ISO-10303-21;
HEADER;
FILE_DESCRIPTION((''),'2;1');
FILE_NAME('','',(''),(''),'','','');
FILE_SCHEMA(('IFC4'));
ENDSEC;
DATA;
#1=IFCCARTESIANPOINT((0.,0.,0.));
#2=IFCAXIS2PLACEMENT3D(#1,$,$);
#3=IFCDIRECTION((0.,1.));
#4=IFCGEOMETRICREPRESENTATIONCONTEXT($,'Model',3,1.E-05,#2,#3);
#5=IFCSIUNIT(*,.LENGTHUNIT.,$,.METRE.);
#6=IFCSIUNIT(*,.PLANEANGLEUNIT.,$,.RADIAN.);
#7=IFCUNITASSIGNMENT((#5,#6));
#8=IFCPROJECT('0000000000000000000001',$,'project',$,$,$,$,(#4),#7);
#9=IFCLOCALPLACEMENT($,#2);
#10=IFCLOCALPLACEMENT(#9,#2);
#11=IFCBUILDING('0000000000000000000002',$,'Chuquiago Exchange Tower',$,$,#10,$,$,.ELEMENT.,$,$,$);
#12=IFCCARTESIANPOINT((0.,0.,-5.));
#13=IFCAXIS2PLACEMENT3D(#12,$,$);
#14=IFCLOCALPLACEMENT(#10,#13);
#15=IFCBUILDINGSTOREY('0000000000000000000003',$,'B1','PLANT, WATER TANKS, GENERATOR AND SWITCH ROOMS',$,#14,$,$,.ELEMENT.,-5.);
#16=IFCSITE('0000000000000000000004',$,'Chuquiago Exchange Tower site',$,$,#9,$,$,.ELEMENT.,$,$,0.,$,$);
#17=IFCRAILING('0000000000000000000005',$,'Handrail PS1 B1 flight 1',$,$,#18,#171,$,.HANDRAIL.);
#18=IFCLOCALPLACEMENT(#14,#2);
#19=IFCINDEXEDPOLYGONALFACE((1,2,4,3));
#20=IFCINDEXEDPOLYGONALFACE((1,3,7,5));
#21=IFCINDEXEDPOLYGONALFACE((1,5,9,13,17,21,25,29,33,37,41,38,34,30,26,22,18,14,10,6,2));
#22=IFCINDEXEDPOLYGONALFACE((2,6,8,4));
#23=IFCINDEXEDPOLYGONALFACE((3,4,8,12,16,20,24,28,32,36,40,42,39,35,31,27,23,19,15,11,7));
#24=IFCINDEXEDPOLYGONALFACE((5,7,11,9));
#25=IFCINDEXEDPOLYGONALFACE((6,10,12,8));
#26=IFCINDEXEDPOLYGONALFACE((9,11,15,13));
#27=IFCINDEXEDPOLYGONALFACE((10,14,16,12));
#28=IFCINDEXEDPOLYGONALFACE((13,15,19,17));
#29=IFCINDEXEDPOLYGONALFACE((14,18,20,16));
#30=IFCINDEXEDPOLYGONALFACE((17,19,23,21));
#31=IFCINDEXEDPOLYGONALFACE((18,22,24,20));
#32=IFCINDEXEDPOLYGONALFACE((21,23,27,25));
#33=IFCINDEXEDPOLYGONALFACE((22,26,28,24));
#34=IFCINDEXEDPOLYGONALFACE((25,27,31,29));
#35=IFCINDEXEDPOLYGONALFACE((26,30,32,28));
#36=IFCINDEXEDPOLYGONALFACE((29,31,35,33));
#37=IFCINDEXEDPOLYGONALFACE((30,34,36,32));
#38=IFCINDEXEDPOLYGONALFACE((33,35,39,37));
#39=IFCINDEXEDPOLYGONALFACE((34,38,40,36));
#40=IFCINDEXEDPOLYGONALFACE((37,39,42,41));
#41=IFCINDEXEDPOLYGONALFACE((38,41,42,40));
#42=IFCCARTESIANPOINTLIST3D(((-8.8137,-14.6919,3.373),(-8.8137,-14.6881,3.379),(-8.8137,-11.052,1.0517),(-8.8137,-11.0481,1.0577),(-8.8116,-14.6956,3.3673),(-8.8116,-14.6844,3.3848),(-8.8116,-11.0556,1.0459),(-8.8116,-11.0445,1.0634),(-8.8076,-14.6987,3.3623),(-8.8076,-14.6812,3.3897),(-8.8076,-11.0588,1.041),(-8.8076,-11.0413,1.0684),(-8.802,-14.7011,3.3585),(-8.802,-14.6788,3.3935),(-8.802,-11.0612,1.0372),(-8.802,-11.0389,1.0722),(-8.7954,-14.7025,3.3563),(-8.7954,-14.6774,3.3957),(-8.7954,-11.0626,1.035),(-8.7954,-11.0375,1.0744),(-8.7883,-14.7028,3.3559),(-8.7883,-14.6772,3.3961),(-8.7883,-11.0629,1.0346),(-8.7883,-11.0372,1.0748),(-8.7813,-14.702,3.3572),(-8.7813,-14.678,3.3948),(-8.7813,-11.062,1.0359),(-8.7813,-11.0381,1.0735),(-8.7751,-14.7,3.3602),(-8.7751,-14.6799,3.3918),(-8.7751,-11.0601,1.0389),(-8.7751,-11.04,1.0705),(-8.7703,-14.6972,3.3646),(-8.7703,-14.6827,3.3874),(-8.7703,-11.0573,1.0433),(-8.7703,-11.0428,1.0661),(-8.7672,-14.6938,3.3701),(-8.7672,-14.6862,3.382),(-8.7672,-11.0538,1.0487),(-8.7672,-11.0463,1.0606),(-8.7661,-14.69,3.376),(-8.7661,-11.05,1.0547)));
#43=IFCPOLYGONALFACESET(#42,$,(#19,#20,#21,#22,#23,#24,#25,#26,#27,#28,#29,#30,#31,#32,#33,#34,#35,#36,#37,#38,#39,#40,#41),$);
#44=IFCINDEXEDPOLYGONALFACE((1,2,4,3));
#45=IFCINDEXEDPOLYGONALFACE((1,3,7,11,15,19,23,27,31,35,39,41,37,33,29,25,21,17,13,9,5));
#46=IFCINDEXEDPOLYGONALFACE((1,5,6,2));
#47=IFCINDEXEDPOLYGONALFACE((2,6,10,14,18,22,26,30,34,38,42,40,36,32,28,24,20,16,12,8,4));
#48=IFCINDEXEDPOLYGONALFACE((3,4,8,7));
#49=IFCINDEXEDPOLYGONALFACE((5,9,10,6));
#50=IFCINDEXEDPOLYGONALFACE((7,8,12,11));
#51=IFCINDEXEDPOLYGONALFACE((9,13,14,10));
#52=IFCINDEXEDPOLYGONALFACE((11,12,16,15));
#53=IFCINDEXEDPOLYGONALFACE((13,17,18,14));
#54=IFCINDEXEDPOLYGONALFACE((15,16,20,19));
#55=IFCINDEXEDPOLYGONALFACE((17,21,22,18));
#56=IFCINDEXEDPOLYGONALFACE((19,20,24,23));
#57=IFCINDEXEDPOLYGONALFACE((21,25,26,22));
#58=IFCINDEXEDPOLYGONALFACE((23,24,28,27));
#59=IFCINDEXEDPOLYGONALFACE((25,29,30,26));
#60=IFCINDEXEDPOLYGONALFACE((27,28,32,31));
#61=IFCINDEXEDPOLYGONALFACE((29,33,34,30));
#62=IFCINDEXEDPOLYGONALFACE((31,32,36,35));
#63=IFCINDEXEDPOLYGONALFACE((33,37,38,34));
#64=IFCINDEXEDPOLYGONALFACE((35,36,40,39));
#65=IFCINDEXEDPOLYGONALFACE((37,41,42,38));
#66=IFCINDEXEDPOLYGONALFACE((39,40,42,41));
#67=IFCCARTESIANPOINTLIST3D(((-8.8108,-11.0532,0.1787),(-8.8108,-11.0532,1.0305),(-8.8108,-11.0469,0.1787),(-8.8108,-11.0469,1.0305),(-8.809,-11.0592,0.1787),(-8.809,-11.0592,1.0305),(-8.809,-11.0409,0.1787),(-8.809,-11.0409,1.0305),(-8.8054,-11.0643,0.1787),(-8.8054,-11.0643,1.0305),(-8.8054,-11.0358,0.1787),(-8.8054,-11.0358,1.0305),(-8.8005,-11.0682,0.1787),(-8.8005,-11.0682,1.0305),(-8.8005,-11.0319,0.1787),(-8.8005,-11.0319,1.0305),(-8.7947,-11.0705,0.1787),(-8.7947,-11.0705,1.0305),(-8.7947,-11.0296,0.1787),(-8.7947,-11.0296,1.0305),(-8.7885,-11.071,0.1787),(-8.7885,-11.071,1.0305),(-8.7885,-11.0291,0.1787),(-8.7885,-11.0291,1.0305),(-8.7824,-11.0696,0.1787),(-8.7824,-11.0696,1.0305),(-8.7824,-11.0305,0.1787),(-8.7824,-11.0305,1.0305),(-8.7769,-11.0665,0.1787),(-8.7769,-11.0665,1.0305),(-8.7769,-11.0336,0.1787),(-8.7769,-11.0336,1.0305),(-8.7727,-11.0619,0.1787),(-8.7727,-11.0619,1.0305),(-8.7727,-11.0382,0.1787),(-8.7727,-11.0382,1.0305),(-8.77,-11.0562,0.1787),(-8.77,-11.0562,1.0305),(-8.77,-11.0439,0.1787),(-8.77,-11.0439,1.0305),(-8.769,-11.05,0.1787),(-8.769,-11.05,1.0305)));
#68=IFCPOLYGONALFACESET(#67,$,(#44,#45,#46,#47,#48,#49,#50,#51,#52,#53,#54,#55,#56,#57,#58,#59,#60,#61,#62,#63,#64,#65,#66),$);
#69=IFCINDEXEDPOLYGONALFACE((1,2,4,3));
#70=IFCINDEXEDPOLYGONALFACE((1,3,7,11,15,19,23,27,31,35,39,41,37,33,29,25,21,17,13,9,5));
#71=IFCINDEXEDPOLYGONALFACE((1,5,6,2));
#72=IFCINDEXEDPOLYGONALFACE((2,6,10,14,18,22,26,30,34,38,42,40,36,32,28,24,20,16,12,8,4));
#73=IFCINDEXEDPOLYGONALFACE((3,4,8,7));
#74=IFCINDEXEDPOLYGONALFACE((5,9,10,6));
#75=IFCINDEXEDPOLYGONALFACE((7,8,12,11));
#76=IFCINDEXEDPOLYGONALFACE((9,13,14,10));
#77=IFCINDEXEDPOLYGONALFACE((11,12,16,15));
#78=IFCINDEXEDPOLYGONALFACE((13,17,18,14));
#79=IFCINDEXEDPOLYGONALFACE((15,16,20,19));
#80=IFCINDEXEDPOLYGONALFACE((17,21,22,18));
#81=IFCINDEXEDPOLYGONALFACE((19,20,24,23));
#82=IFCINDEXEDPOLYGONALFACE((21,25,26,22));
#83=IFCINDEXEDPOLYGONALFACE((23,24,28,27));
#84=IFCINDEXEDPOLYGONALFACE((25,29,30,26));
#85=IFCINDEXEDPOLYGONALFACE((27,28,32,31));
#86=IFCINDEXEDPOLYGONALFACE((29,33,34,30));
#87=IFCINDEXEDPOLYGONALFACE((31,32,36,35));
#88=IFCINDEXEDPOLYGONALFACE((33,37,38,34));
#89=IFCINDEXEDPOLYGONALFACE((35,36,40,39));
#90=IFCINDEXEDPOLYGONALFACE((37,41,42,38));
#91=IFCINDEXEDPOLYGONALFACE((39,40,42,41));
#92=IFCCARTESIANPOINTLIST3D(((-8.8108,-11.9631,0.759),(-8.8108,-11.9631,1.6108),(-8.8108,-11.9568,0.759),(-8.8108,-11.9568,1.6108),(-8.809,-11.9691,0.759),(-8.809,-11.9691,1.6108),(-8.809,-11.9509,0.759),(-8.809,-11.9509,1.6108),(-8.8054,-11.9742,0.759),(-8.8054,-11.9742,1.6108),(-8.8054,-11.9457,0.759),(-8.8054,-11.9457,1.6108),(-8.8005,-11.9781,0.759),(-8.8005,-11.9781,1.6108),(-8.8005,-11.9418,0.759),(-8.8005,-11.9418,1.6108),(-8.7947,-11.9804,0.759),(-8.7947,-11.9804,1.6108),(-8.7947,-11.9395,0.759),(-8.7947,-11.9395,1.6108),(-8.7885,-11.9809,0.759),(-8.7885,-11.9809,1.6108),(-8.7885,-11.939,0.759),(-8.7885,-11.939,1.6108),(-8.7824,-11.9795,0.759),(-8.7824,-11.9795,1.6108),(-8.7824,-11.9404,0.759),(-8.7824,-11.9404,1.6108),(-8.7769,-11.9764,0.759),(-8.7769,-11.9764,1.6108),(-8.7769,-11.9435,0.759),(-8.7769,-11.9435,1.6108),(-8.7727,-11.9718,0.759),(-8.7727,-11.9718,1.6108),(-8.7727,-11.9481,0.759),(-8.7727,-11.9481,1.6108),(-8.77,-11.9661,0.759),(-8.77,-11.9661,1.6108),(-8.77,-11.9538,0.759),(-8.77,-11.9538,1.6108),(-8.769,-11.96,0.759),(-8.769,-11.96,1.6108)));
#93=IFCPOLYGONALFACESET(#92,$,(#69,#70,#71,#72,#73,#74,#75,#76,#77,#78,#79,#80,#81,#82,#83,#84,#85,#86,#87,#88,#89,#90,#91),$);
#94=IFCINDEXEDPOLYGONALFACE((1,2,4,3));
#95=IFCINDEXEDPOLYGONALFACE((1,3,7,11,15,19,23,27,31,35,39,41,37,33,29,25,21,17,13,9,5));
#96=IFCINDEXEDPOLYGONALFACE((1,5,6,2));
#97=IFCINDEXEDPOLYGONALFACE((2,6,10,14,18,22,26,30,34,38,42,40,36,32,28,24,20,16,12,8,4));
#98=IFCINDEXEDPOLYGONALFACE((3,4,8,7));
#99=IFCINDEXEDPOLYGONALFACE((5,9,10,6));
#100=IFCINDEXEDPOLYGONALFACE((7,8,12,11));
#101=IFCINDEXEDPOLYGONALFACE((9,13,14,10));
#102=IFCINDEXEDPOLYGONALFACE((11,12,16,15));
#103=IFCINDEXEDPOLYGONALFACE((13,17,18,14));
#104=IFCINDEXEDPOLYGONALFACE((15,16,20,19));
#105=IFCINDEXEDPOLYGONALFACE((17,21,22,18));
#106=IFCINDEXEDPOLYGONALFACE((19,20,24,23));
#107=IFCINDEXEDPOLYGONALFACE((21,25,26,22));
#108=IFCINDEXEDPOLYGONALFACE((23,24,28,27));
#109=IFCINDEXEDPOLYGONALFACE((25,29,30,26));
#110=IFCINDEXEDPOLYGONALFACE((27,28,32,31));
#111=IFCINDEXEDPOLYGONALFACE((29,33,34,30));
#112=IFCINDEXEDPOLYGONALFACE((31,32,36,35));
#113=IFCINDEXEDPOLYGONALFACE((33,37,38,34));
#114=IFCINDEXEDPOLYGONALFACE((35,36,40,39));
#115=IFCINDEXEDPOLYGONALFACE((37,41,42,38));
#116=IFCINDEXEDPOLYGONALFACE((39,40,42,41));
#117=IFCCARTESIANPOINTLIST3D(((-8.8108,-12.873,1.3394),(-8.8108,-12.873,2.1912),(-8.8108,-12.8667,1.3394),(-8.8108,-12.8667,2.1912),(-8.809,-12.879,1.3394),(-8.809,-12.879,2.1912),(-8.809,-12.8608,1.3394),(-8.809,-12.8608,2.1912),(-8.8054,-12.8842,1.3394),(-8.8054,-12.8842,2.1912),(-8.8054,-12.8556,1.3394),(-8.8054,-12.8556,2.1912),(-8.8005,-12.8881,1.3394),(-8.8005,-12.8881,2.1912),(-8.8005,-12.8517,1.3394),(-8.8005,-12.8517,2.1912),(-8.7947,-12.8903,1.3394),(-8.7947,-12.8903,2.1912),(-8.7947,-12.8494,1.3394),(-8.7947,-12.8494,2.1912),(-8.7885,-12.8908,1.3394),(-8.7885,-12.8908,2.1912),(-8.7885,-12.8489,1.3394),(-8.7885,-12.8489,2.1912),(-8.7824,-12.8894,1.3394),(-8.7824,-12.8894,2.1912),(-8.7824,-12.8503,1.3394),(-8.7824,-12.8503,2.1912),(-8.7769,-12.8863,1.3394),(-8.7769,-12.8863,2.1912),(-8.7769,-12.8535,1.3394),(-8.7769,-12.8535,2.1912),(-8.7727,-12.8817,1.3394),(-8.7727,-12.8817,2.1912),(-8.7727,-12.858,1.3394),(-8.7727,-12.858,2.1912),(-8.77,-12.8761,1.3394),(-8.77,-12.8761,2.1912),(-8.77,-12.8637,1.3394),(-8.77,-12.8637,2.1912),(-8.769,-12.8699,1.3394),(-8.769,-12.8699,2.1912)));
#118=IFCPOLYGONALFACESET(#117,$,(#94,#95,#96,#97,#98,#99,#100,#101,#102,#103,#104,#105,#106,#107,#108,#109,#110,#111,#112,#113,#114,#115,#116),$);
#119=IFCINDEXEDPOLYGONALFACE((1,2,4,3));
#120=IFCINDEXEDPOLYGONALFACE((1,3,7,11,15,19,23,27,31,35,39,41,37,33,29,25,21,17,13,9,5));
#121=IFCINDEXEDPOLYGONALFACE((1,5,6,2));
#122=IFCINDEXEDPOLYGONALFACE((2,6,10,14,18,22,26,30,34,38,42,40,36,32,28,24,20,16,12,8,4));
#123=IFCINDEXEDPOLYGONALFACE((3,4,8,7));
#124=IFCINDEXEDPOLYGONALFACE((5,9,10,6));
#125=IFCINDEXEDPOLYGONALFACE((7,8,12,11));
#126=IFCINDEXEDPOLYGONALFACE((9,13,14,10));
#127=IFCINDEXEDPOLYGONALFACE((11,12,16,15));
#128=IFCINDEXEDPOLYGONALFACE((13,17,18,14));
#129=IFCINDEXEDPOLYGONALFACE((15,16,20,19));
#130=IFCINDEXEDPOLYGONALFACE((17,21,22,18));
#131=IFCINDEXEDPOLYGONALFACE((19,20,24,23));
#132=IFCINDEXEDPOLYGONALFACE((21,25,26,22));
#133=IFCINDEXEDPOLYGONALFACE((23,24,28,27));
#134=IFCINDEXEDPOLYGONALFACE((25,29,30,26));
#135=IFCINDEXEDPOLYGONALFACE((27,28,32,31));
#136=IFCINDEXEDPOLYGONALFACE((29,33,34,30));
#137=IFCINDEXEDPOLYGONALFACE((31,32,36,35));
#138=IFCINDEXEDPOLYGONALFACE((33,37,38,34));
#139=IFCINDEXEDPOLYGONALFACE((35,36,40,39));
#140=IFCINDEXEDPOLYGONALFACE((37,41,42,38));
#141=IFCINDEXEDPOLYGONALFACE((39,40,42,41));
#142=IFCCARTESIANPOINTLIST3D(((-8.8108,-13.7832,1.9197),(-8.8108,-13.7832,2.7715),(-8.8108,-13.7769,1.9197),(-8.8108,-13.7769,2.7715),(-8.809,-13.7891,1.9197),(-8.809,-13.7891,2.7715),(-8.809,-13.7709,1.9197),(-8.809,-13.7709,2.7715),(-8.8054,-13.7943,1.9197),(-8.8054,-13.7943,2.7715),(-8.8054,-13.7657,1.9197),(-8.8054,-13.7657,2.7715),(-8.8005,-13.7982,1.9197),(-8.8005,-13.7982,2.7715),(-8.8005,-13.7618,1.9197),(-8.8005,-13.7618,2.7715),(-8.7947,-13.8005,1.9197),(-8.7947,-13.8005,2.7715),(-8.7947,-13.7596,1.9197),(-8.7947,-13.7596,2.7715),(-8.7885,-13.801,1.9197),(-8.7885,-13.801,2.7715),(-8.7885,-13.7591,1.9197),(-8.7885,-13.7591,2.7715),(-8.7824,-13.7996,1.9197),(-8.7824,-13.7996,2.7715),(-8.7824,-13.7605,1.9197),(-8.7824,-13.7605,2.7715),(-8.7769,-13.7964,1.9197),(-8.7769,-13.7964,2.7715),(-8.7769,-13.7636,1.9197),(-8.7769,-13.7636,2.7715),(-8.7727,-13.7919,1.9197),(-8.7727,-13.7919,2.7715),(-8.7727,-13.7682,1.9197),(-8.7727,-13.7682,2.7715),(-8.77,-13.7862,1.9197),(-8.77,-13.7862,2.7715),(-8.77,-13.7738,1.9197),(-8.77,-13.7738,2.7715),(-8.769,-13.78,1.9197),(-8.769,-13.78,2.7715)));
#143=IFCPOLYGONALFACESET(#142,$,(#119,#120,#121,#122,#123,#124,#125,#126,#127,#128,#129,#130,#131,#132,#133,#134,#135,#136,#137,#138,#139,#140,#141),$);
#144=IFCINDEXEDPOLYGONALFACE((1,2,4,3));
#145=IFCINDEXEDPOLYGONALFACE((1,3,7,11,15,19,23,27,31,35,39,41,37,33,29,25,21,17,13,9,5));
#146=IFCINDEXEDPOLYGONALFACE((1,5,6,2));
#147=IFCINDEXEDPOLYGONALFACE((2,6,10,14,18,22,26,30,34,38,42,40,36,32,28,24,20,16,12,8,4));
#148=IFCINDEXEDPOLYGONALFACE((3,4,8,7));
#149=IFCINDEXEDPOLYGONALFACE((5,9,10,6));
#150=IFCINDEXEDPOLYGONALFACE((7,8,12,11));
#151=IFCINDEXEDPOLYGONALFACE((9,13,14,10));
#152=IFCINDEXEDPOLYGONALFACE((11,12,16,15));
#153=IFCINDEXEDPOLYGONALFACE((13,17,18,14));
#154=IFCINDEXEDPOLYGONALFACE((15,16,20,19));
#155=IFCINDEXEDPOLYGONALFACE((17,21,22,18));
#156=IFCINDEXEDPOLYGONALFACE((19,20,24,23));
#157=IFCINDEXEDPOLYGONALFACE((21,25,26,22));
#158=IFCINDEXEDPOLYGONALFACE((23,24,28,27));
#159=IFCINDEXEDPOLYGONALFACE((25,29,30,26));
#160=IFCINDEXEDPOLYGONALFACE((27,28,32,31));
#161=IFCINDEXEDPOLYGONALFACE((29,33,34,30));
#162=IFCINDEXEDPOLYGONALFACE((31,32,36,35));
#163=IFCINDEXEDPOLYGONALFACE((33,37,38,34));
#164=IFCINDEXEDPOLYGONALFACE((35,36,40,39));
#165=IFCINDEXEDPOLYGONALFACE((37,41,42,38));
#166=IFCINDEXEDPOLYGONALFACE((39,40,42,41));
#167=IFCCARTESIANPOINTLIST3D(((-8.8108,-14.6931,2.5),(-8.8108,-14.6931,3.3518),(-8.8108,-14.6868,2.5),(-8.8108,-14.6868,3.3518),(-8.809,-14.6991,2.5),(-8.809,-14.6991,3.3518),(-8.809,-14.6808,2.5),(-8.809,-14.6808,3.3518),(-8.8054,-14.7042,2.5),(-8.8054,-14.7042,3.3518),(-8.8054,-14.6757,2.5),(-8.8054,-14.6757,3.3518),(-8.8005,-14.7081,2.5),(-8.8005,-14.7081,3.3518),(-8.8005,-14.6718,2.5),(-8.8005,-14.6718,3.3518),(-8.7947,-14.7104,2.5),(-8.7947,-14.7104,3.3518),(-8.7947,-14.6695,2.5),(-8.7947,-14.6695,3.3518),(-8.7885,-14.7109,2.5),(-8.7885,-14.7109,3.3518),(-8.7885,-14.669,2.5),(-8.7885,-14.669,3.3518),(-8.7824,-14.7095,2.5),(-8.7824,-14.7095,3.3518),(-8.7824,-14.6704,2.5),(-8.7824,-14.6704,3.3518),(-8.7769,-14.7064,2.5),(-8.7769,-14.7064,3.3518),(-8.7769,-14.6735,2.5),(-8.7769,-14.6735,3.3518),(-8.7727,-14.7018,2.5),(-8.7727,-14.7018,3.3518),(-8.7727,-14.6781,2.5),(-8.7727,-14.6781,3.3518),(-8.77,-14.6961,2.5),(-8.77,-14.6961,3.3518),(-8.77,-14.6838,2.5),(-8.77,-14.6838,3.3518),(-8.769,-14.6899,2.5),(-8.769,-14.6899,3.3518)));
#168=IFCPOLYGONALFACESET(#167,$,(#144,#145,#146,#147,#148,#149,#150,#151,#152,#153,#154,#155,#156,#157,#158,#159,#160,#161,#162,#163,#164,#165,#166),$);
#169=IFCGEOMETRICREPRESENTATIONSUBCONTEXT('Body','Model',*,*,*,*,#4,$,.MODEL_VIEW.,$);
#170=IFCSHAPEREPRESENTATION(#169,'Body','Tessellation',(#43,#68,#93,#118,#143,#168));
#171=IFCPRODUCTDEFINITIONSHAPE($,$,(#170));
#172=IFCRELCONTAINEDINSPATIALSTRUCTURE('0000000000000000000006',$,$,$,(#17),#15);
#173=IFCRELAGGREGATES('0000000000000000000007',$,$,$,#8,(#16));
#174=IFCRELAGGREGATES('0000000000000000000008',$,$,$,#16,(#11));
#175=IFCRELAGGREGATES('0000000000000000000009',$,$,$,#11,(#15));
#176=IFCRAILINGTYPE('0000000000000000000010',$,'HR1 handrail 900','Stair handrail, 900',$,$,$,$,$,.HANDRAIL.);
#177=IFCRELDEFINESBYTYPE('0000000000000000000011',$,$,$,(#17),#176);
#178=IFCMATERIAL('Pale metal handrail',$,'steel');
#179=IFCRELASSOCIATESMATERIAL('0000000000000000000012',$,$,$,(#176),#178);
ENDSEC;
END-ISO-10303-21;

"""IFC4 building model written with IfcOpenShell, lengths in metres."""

from ifc_helpers import new_model, si_unit, direction, frame, origin, origin_2d, place, context, subcontext, project, spatial, circle, extrude, material, type_object, element, save


model = new_model("IFC4")

# Units and contexts
model_context = context("Model", 3, precision=1e-05, world=origin(), true_north=direction((0.0, 1.0)))
body_context = subcontext(model_context, "Body", "Model", "MODEL_VIEW")
ifc_project = project(units=[si_unit("LENGTHUNIT", "METRE"), si_unit("PLANEANGLEUNIT", "RADIAN")], contexts=[model_context])

# Site, building, storey
site_placement = place(None, origin())
site = spatial("IfcSite", under=ifc_project, at=site_placement, Name="Chuquiago Exchange Tower site", CompositionType="ELEMENT", RefElevation=0.0)
building_placement = place(site_placement, origin())
building = spatial("IfcBuilding", under=site, at=building_placement, Name="Chuquiago Exchange Tower", CompositionType="ELEMENT")
storey_placement = place(building_placement, frame((0.0, 0.0, -5.0)))
storey = spatial("IfcBuildingStorey", under=building, at=storey_placement, Name="B1", Description="PLANT, WATER TANKS, GENERATOR AND SWITCH ROOMS", CompositionType="ELEMENT", Elevation=-5.0)

# Railing
ifc_material_1 = material(Name="Pale metal handrail", Category="steel")
railing_type = type_object("IfcRailingType", Name="HR1 handrail 900", Description="Stair handrail, 900", PredefinedType="HANDRAIL", material=ifc_material_1)
for number, where, name in (
    (1, (-8.79, -11.05, 0.1787), "Handrail PS1 B1 flight 1"),
):
    element("IfcRailing", number, at=place(storey_placement, frame(where)), inside=storey, type_object=railing_type, Name=name, PredefinedType="HANDRAIL", context=body_context, shape_type="SweptSolid", body=[
        extrude(circle(Radius=0.0239, at=origin_2d()), frame((0.0, 0.0, 0.876), z_axis=(0.0, -0.843137, 0.537699), x_axis=(1.0, 0.0, 0.0)), (0.0, 0.0, 1.0), 4.3171),
        extrude(circle(Radius=0.021, at=origin_2d()), origin(), (0.0, 0.0, 1.0), 0.8518),
        extrude(circle(Radius=0.021, at=origin_2d()), frame((0.0, -0.9099, 0.5803)), (0.0, 0.0, 1.0), 0.8518),
        extrude(circle(Radius=0.021, at=origin_2d()), frame((0.0, -1.8198, 1.1606)), (0.0, 0.0, 1.0), 0.8518),
        extrude(circle(Radius=0.021, at=origin_2d()), frame((0.0, -2.73, 1.741)), (0.0, 0.0, 1.0), 0.8518),
        extrude(circle(Radius=0.021, at=origin_2d()), frame((0.0, -3.6399, 2.3213)), (0.0, 0.0, 1.0), 0.8518),
    ])

save(model, "model.ifc")
